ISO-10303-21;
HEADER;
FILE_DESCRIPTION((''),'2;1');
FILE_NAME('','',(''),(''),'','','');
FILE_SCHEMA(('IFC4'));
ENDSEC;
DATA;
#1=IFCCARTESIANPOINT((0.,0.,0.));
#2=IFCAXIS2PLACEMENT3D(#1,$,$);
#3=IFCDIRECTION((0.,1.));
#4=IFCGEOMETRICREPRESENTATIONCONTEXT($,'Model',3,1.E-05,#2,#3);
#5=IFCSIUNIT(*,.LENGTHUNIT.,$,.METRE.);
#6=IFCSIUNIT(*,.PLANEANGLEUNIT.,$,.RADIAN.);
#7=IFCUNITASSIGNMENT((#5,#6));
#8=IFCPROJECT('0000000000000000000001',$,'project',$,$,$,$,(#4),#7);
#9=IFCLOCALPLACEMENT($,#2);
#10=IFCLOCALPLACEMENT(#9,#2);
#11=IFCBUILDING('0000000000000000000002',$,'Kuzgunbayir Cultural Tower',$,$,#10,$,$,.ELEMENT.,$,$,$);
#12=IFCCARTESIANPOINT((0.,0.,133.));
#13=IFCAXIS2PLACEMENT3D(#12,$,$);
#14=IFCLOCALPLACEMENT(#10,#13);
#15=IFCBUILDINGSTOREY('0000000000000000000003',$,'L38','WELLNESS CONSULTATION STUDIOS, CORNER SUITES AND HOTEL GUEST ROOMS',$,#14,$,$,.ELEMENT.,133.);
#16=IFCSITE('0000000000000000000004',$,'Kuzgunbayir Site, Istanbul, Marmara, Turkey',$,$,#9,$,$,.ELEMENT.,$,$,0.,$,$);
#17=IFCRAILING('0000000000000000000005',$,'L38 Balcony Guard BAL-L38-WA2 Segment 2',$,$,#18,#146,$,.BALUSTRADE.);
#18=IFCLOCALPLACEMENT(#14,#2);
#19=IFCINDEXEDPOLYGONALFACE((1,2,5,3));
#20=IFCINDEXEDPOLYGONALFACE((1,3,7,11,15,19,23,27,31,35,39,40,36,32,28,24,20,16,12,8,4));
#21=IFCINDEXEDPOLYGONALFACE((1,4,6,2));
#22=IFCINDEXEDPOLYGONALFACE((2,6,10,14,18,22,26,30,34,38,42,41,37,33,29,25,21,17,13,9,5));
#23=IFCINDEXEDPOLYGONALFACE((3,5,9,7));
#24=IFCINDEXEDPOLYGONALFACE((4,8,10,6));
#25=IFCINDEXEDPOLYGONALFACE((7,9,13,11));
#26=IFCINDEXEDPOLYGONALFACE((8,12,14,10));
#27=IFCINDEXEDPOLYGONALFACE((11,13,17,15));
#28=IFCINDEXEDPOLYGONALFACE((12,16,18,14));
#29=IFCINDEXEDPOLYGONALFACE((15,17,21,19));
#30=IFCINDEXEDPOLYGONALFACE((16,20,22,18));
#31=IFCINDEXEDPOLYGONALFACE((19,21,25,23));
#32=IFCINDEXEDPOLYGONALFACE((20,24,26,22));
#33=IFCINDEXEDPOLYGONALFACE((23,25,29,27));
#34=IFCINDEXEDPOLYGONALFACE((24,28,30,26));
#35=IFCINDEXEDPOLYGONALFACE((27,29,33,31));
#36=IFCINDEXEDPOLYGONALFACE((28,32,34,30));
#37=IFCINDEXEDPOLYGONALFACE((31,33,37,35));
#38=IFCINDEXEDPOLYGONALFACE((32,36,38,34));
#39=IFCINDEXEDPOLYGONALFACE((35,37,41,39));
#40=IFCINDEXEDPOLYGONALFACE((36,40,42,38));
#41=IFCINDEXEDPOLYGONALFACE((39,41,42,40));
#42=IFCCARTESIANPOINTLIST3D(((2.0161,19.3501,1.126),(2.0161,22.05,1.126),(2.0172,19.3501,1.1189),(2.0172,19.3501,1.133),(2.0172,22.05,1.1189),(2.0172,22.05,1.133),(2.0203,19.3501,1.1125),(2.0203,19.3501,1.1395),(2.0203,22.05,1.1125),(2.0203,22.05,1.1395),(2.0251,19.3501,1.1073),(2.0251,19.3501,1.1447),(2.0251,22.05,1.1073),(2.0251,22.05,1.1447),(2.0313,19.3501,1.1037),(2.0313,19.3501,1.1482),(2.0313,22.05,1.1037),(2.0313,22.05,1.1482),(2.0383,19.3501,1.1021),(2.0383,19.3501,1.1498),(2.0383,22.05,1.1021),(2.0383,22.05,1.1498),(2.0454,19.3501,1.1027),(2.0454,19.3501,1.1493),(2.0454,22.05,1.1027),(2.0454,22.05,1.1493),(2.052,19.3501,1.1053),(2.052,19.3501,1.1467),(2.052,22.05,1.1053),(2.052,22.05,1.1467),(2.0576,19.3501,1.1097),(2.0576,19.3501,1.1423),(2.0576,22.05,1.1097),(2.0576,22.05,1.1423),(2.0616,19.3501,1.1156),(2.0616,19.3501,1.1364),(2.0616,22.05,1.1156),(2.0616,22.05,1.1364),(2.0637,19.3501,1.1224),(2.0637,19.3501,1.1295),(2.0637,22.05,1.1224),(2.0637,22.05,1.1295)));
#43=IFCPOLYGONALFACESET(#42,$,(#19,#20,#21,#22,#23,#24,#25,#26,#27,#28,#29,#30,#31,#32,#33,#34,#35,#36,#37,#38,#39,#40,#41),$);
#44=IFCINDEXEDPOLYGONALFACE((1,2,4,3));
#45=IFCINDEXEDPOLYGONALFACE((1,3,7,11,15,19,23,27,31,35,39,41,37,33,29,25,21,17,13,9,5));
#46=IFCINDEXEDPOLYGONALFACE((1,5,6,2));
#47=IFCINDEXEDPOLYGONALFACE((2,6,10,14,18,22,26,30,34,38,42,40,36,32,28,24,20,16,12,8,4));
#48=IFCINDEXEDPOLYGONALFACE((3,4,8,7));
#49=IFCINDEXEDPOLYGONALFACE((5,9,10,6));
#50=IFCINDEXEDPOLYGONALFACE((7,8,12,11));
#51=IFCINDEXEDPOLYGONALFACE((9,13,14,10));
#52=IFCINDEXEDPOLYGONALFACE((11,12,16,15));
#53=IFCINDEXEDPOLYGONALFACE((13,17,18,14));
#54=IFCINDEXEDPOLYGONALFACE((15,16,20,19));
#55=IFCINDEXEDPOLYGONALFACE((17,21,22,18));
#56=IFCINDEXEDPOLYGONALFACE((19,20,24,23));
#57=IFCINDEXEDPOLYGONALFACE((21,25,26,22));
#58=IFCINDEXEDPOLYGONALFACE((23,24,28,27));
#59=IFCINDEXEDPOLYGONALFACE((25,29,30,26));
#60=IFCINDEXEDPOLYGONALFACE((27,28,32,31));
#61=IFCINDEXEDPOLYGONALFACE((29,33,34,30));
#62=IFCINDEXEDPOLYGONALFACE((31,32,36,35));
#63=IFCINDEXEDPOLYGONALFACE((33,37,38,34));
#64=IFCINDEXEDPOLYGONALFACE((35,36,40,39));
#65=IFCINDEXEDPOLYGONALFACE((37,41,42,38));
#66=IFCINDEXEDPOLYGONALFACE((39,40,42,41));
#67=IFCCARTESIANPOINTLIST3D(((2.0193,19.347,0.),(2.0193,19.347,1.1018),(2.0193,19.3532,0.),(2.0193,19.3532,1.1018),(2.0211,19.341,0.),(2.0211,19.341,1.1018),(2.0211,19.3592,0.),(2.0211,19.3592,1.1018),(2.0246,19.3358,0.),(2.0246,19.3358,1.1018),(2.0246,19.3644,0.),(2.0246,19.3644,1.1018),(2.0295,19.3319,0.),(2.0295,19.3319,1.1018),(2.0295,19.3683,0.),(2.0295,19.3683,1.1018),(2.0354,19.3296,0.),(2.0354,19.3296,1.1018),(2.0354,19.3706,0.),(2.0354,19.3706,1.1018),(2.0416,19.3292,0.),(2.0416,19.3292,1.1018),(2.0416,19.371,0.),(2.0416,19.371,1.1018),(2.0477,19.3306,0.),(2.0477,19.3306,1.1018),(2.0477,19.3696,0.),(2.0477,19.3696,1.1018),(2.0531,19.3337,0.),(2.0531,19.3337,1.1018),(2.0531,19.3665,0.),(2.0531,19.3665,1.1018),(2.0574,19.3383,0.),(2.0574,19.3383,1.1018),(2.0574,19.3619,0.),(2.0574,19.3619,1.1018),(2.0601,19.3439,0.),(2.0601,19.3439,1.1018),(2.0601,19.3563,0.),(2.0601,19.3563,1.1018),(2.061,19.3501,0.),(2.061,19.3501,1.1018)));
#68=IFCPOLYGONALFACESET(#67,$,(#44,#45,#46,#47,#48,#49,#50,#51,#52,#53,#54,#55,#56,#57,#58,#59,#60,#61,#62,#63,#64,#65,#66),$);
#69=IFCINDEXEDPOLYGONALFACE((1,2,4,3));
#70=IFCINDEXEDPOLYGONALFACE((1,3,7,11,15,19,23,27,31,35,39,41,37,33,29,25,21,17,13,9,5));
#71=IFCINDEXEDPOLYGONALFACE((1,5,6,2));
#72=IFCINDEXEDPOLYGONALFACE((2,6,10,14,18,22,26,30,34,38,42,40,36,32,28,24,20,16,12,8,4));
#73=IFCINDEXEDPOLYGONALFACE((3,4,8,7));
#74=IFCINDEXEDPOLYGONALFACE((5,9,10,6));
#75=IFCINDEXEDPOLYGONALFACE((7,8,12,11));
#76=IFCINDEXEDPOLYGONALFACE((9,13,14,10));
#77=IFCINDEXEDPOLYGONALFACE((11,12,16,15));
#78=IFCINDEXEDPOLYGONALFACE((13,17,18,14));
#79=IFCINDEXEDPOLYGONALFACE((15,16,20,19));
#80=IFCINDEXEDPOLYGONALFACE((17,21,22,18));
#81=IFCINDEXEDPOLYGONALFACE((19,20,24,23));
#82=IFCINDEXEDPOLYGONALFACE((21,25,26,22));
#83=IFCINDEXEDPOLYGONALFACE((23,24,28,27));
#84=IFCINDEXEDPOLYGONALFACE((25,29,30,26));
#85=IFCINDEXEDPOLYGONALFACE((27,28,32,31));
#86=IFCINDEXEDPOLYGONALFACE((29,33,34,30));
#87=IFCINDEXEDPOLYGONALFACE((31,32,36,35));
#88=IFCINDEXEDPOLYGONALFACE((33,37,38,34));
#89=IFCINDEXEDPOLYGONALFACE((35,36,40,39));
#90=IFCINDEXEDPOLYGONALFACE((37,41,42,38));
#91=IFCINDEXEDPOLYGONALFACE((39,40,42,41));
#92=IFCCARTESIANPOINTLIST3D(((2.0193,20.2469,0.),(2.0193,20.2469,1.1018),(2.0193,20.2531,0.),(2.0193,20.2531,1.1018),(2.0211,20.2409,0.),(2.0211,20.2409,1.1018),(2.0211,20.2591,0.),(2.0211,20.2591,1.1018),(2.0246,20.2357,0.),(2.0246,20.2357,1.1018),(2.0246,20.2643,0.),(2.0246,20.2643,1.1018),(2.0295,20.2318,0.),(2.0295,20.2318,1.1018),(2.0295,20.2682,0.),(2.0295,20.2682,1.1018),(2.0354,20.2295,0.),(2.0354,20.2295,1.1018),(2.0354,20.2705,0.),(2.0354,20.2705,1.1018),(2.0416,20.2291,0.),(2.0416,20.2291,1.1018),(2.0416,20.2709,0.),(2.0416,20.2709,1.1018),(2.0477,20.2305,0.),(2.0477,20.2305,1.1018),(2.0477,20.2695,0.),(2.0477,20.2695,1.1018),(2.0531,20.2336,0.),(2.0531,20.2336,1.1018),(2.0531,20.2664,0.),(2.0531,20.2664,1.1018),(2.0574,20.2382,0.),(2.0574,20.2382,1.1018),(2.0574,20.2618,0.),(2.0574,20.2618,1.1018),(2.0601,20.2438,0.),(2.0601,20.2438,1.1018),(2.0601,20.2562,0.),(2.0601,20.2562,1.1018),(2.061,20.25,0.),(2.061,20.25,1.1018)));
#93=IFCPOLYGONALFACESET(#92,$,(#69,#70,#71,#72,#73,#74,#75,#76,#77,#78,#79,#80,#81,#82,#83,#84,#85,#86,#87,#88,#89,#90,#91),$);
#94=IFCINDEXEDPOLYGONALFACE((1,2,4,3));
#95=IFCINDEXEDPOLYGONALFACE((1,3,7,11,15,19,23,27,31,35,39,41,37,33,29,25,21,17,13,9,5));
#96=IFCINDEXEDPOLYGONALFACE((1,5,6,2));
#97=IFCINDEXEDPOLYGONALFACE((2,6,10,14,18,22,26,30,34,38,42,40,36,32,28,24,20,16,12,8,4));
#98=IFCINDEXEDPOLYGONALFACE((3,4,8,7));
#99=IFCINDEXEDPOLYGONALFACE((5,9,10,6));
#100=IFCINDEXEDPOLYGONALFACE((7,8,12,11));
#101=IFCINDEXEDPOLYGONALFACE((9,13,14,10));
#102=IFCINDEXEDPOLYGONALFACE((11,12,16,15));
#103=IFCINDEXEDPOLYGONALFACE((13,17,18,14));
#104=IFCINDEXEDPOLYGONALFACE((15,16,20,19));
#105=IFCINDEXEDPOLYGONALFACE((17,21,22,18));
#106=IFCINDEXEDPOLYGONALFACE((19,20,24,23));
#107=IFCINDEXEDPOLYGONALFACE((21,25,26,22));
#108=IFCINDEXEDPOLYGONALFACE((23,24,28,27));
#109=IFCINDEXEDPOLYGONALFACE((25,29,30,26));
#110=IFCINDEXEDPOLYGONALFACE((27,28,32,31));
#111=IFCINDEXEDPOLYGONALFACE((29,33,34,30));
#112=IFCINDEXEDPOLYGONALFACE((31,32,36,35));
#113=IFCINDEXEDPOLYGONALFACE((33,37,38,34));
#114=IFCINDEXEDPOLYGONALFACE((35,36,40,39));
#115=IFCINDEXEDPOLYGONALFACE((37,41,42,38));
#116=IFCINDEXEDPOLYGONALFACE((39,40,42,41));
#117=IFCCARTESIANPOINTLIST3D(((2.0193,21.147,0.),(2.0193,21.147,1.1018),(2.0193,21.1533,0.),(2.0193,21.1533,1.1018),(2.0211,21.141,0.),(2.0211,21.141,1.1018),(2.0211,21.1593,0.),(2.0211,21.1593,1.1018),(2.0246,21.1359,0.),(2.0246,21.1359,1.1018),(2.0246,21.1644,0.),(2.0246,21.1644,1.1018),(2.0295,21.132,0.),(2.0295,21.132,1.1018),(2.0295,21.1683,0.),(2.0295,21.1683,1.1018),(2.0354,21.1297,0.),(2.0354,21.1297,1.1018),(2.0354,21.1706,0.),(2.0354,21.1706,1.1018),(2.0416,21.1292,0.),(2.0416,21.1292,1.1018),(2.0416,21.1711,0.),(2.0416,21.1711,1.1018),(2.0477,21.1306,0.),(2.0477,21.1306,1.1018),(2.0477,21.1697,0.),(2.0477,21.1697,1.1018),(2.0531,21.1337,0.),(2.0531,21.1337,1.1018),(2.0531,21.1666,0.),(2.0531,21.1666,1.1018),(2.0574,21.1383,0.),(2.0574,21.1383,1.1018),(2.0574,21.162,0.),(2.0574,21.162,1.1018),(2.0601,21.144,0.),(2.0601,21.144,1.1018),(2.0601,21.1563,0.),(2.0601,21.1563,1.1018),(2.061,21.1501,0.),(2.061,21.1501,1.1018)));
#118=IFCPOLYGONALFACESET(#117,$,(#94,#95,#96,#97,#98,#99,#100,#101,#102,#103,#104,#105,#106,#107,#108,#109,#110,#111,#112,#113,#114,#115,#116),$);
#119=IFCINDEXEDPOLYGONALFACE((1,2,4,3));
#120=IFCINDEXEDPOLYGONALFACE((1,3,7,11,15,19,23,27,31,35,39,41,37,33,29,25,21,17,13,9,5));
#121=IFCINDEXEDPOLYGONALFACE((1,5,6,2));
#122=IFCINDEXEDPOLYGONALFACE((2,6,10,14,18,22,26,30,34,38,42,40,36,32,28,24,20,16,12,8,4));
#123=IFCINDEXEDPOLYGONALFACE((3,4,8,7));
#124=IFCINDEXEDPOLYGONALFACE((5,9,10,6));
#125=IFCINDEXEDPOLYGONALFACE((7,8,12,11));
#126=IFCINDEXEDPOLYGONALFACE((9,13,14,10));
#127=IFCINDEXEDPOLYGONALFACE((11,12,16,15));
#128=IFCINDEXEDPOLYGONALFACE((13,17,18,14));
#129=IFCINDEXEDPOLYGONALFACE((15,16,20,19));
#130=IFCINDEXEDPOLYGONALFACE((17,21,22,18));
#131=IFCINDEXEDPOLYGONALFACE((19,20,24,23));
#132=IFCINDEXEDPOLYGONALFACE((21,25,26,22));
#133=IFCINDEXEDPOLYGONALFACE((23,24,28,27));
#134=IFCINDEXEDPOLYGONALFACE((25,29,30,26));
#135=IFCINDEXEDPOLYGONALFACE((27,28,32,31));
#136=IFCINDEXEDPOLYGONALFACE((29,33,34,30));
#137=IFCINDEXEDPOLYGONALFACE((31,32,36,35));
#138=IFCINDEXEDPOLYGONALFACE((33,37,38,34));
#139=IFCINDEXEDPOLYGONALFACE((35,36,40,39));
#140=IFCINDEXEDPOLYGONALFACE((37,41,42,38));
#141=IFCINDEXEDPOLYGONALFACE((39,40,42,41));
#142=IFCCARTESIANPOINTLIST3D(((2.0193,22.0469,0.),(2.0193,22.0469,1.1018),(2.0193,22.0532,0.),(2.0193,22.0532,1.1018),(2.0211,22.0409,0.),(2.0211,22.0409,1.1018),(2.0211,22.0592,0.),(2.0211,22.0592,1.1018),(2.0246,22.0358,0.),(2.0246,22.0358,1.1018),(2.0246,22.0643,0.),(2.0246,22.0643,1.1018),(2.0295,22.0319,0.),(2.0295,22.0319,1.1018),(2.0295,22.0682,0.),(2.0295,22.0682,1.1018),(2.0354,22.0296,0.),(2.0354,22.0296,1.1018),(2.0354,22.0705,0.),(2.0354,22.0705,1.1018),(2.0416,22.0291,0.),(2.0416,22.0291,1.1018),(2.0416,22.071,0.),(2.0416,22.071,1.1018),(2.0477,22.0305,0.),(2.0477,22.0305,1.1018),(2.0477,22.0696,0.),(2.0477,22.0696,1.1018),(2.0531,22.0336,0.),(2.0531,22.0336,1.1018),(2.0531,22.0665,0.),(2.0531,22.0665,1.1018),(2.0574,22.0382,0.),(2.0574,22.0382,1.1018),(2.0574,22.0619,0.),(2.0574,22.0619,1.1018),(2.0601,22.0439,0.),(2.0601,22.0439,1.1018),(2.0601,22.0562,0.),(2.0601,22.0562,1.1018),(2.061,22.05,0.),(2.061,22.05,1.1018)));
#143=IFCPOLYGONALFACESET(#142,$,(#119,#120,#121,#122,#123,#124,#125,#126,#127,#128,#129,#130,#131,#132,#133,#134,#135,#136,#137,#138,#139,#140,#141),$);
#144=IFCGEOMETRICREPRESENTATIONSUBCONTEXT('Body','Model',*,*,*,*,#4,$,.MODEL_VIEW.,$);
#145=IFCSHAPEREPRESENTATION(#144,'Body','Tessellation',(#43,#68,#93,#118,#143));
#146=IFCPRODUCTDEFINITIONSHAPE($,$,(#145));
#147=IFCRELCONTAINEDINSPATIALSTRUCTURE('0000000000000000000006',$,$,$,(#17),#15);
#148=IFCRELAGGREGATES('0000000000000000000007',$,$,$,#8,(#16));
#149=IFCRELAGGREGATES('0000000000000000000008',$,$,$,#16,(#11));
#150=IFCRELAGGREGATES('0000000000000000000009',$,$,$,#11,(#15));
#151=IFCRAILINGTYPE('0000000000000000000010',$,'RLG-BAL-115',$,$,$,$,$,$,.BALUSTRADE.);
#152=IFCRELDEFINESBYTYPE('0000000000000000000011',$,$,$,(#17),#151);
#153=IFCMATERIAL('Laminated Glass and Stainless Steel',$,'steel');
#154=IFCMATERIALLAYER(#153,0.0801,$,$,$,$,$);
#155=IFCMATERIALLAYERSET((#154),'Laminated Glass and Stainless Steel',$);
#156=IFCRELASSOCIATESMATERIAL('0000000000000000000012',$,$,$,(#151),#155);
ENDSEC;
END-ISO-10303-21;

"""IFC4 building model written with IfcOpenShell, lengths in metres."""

from ifc_helpers import new_model, si_unit, direction, frame, origin, origin_2d, place, context, subcontext, project, spatial, circle, extrude, material, layer, layer_set, type_object, element, save


model = new_model("IFC4")

# Units and contexts
model_context = context("Model", 3, precision=1e-05, world=origin(), true_north=direction((0.0, 1.0)))
body_context = subcontext(model_context, "Body", "Model", "MODEL_VIEW")
ifc_project = project(units=[si_unit("LENGTHUNIT", "METRE"), si_unit("PLANEANGLEUNIT", "RADIAN")], contexts=[model_context])

# Site, building, storey
site_placement = place(None, origin())
site = spatial("IfcSite", under=ifc_project, at=site_placement, Name="Kuzgunbayir Site, Istanbul, Marmara, Turkey", CompositionType="ELEMENT", RefElevation=0.0)
building_placement = place(site_placement, origin())
building = spatial("IfcBuilding", under=site, at=building_placement, Name="Kuzgunbayir Cultural Tower", CompositionType="ELEMENT")
storey_placement = place(building_placement, frame((0.0, 0.0, 133.0)))
storey = spatial("IfcBuildingStorey", under=building, at=storey_placement, Name="L38", Description="WELLNESS CONSULTATION STUDIOS, CORNER SUITES AND HOTEL GUEST ROOMS", CompositionType="ELEMENT", Elevation=133.0)

# Railing
ifc_material_1 = material(Name="Laminated Glass and Stainless Steel", Category="steel")
ifc_layer_1 = layer(ifc_material_1, 0.0801)
ifc_layer_set_1 = layer_set([ifc_layer_1], Name="Laminated Glass and Stainless Steel")
railing_type = type_object("IfcRailingType", Name="RLG-BAL-115", PredefinedType="BALUSTRADE", material=ifc_layer_set_1)
railing_1_placement = place(storey_placement, frame((2.04, 19.3501, 0.0)))
element("IfcRailing", 1, at=railing_1_placement, inside=storey, type_object=railing_type, Name="L38 Balcony Guard BAL-L38-WA2 Segment 2", PredefinedType="BALUSTRADE", context=body_context, shape_type="SweptSolid", body=[
    extrude(circle(Radius=0.0239, at=origin_2d()), frame((0.0, 0.0, 1.126), z_axis=(0.0, 1.0, 0.0), x_axis=(-1.0, 0.0, 0.0)), (0.0, 0.0, 1.0), 2.7),
    extrude(circle(Radius=0.021, at=origin_2d()), origin(), (0.0, 0.0, 1.0), 1.1018),
    extrude(circle(Radius=0.021, at=origin_2d()), frame((0.0, 0.8999, 0.0)), (0.0, 0.0, 1.0), 1.1018),
    extrude(circle(Radius=0.021, at=origin_2d()), frame((0.0, 1.8, 0.0)), (0.0, 0.0, 1.0), 1.1018),
    extrude(circle(Radius=0.021, at=origin_2d()), frame((0.0, 2.7, 0.0)), (0.0, 0.0, 1.0), 1.1018),
])

save(model, "model.ifc")
